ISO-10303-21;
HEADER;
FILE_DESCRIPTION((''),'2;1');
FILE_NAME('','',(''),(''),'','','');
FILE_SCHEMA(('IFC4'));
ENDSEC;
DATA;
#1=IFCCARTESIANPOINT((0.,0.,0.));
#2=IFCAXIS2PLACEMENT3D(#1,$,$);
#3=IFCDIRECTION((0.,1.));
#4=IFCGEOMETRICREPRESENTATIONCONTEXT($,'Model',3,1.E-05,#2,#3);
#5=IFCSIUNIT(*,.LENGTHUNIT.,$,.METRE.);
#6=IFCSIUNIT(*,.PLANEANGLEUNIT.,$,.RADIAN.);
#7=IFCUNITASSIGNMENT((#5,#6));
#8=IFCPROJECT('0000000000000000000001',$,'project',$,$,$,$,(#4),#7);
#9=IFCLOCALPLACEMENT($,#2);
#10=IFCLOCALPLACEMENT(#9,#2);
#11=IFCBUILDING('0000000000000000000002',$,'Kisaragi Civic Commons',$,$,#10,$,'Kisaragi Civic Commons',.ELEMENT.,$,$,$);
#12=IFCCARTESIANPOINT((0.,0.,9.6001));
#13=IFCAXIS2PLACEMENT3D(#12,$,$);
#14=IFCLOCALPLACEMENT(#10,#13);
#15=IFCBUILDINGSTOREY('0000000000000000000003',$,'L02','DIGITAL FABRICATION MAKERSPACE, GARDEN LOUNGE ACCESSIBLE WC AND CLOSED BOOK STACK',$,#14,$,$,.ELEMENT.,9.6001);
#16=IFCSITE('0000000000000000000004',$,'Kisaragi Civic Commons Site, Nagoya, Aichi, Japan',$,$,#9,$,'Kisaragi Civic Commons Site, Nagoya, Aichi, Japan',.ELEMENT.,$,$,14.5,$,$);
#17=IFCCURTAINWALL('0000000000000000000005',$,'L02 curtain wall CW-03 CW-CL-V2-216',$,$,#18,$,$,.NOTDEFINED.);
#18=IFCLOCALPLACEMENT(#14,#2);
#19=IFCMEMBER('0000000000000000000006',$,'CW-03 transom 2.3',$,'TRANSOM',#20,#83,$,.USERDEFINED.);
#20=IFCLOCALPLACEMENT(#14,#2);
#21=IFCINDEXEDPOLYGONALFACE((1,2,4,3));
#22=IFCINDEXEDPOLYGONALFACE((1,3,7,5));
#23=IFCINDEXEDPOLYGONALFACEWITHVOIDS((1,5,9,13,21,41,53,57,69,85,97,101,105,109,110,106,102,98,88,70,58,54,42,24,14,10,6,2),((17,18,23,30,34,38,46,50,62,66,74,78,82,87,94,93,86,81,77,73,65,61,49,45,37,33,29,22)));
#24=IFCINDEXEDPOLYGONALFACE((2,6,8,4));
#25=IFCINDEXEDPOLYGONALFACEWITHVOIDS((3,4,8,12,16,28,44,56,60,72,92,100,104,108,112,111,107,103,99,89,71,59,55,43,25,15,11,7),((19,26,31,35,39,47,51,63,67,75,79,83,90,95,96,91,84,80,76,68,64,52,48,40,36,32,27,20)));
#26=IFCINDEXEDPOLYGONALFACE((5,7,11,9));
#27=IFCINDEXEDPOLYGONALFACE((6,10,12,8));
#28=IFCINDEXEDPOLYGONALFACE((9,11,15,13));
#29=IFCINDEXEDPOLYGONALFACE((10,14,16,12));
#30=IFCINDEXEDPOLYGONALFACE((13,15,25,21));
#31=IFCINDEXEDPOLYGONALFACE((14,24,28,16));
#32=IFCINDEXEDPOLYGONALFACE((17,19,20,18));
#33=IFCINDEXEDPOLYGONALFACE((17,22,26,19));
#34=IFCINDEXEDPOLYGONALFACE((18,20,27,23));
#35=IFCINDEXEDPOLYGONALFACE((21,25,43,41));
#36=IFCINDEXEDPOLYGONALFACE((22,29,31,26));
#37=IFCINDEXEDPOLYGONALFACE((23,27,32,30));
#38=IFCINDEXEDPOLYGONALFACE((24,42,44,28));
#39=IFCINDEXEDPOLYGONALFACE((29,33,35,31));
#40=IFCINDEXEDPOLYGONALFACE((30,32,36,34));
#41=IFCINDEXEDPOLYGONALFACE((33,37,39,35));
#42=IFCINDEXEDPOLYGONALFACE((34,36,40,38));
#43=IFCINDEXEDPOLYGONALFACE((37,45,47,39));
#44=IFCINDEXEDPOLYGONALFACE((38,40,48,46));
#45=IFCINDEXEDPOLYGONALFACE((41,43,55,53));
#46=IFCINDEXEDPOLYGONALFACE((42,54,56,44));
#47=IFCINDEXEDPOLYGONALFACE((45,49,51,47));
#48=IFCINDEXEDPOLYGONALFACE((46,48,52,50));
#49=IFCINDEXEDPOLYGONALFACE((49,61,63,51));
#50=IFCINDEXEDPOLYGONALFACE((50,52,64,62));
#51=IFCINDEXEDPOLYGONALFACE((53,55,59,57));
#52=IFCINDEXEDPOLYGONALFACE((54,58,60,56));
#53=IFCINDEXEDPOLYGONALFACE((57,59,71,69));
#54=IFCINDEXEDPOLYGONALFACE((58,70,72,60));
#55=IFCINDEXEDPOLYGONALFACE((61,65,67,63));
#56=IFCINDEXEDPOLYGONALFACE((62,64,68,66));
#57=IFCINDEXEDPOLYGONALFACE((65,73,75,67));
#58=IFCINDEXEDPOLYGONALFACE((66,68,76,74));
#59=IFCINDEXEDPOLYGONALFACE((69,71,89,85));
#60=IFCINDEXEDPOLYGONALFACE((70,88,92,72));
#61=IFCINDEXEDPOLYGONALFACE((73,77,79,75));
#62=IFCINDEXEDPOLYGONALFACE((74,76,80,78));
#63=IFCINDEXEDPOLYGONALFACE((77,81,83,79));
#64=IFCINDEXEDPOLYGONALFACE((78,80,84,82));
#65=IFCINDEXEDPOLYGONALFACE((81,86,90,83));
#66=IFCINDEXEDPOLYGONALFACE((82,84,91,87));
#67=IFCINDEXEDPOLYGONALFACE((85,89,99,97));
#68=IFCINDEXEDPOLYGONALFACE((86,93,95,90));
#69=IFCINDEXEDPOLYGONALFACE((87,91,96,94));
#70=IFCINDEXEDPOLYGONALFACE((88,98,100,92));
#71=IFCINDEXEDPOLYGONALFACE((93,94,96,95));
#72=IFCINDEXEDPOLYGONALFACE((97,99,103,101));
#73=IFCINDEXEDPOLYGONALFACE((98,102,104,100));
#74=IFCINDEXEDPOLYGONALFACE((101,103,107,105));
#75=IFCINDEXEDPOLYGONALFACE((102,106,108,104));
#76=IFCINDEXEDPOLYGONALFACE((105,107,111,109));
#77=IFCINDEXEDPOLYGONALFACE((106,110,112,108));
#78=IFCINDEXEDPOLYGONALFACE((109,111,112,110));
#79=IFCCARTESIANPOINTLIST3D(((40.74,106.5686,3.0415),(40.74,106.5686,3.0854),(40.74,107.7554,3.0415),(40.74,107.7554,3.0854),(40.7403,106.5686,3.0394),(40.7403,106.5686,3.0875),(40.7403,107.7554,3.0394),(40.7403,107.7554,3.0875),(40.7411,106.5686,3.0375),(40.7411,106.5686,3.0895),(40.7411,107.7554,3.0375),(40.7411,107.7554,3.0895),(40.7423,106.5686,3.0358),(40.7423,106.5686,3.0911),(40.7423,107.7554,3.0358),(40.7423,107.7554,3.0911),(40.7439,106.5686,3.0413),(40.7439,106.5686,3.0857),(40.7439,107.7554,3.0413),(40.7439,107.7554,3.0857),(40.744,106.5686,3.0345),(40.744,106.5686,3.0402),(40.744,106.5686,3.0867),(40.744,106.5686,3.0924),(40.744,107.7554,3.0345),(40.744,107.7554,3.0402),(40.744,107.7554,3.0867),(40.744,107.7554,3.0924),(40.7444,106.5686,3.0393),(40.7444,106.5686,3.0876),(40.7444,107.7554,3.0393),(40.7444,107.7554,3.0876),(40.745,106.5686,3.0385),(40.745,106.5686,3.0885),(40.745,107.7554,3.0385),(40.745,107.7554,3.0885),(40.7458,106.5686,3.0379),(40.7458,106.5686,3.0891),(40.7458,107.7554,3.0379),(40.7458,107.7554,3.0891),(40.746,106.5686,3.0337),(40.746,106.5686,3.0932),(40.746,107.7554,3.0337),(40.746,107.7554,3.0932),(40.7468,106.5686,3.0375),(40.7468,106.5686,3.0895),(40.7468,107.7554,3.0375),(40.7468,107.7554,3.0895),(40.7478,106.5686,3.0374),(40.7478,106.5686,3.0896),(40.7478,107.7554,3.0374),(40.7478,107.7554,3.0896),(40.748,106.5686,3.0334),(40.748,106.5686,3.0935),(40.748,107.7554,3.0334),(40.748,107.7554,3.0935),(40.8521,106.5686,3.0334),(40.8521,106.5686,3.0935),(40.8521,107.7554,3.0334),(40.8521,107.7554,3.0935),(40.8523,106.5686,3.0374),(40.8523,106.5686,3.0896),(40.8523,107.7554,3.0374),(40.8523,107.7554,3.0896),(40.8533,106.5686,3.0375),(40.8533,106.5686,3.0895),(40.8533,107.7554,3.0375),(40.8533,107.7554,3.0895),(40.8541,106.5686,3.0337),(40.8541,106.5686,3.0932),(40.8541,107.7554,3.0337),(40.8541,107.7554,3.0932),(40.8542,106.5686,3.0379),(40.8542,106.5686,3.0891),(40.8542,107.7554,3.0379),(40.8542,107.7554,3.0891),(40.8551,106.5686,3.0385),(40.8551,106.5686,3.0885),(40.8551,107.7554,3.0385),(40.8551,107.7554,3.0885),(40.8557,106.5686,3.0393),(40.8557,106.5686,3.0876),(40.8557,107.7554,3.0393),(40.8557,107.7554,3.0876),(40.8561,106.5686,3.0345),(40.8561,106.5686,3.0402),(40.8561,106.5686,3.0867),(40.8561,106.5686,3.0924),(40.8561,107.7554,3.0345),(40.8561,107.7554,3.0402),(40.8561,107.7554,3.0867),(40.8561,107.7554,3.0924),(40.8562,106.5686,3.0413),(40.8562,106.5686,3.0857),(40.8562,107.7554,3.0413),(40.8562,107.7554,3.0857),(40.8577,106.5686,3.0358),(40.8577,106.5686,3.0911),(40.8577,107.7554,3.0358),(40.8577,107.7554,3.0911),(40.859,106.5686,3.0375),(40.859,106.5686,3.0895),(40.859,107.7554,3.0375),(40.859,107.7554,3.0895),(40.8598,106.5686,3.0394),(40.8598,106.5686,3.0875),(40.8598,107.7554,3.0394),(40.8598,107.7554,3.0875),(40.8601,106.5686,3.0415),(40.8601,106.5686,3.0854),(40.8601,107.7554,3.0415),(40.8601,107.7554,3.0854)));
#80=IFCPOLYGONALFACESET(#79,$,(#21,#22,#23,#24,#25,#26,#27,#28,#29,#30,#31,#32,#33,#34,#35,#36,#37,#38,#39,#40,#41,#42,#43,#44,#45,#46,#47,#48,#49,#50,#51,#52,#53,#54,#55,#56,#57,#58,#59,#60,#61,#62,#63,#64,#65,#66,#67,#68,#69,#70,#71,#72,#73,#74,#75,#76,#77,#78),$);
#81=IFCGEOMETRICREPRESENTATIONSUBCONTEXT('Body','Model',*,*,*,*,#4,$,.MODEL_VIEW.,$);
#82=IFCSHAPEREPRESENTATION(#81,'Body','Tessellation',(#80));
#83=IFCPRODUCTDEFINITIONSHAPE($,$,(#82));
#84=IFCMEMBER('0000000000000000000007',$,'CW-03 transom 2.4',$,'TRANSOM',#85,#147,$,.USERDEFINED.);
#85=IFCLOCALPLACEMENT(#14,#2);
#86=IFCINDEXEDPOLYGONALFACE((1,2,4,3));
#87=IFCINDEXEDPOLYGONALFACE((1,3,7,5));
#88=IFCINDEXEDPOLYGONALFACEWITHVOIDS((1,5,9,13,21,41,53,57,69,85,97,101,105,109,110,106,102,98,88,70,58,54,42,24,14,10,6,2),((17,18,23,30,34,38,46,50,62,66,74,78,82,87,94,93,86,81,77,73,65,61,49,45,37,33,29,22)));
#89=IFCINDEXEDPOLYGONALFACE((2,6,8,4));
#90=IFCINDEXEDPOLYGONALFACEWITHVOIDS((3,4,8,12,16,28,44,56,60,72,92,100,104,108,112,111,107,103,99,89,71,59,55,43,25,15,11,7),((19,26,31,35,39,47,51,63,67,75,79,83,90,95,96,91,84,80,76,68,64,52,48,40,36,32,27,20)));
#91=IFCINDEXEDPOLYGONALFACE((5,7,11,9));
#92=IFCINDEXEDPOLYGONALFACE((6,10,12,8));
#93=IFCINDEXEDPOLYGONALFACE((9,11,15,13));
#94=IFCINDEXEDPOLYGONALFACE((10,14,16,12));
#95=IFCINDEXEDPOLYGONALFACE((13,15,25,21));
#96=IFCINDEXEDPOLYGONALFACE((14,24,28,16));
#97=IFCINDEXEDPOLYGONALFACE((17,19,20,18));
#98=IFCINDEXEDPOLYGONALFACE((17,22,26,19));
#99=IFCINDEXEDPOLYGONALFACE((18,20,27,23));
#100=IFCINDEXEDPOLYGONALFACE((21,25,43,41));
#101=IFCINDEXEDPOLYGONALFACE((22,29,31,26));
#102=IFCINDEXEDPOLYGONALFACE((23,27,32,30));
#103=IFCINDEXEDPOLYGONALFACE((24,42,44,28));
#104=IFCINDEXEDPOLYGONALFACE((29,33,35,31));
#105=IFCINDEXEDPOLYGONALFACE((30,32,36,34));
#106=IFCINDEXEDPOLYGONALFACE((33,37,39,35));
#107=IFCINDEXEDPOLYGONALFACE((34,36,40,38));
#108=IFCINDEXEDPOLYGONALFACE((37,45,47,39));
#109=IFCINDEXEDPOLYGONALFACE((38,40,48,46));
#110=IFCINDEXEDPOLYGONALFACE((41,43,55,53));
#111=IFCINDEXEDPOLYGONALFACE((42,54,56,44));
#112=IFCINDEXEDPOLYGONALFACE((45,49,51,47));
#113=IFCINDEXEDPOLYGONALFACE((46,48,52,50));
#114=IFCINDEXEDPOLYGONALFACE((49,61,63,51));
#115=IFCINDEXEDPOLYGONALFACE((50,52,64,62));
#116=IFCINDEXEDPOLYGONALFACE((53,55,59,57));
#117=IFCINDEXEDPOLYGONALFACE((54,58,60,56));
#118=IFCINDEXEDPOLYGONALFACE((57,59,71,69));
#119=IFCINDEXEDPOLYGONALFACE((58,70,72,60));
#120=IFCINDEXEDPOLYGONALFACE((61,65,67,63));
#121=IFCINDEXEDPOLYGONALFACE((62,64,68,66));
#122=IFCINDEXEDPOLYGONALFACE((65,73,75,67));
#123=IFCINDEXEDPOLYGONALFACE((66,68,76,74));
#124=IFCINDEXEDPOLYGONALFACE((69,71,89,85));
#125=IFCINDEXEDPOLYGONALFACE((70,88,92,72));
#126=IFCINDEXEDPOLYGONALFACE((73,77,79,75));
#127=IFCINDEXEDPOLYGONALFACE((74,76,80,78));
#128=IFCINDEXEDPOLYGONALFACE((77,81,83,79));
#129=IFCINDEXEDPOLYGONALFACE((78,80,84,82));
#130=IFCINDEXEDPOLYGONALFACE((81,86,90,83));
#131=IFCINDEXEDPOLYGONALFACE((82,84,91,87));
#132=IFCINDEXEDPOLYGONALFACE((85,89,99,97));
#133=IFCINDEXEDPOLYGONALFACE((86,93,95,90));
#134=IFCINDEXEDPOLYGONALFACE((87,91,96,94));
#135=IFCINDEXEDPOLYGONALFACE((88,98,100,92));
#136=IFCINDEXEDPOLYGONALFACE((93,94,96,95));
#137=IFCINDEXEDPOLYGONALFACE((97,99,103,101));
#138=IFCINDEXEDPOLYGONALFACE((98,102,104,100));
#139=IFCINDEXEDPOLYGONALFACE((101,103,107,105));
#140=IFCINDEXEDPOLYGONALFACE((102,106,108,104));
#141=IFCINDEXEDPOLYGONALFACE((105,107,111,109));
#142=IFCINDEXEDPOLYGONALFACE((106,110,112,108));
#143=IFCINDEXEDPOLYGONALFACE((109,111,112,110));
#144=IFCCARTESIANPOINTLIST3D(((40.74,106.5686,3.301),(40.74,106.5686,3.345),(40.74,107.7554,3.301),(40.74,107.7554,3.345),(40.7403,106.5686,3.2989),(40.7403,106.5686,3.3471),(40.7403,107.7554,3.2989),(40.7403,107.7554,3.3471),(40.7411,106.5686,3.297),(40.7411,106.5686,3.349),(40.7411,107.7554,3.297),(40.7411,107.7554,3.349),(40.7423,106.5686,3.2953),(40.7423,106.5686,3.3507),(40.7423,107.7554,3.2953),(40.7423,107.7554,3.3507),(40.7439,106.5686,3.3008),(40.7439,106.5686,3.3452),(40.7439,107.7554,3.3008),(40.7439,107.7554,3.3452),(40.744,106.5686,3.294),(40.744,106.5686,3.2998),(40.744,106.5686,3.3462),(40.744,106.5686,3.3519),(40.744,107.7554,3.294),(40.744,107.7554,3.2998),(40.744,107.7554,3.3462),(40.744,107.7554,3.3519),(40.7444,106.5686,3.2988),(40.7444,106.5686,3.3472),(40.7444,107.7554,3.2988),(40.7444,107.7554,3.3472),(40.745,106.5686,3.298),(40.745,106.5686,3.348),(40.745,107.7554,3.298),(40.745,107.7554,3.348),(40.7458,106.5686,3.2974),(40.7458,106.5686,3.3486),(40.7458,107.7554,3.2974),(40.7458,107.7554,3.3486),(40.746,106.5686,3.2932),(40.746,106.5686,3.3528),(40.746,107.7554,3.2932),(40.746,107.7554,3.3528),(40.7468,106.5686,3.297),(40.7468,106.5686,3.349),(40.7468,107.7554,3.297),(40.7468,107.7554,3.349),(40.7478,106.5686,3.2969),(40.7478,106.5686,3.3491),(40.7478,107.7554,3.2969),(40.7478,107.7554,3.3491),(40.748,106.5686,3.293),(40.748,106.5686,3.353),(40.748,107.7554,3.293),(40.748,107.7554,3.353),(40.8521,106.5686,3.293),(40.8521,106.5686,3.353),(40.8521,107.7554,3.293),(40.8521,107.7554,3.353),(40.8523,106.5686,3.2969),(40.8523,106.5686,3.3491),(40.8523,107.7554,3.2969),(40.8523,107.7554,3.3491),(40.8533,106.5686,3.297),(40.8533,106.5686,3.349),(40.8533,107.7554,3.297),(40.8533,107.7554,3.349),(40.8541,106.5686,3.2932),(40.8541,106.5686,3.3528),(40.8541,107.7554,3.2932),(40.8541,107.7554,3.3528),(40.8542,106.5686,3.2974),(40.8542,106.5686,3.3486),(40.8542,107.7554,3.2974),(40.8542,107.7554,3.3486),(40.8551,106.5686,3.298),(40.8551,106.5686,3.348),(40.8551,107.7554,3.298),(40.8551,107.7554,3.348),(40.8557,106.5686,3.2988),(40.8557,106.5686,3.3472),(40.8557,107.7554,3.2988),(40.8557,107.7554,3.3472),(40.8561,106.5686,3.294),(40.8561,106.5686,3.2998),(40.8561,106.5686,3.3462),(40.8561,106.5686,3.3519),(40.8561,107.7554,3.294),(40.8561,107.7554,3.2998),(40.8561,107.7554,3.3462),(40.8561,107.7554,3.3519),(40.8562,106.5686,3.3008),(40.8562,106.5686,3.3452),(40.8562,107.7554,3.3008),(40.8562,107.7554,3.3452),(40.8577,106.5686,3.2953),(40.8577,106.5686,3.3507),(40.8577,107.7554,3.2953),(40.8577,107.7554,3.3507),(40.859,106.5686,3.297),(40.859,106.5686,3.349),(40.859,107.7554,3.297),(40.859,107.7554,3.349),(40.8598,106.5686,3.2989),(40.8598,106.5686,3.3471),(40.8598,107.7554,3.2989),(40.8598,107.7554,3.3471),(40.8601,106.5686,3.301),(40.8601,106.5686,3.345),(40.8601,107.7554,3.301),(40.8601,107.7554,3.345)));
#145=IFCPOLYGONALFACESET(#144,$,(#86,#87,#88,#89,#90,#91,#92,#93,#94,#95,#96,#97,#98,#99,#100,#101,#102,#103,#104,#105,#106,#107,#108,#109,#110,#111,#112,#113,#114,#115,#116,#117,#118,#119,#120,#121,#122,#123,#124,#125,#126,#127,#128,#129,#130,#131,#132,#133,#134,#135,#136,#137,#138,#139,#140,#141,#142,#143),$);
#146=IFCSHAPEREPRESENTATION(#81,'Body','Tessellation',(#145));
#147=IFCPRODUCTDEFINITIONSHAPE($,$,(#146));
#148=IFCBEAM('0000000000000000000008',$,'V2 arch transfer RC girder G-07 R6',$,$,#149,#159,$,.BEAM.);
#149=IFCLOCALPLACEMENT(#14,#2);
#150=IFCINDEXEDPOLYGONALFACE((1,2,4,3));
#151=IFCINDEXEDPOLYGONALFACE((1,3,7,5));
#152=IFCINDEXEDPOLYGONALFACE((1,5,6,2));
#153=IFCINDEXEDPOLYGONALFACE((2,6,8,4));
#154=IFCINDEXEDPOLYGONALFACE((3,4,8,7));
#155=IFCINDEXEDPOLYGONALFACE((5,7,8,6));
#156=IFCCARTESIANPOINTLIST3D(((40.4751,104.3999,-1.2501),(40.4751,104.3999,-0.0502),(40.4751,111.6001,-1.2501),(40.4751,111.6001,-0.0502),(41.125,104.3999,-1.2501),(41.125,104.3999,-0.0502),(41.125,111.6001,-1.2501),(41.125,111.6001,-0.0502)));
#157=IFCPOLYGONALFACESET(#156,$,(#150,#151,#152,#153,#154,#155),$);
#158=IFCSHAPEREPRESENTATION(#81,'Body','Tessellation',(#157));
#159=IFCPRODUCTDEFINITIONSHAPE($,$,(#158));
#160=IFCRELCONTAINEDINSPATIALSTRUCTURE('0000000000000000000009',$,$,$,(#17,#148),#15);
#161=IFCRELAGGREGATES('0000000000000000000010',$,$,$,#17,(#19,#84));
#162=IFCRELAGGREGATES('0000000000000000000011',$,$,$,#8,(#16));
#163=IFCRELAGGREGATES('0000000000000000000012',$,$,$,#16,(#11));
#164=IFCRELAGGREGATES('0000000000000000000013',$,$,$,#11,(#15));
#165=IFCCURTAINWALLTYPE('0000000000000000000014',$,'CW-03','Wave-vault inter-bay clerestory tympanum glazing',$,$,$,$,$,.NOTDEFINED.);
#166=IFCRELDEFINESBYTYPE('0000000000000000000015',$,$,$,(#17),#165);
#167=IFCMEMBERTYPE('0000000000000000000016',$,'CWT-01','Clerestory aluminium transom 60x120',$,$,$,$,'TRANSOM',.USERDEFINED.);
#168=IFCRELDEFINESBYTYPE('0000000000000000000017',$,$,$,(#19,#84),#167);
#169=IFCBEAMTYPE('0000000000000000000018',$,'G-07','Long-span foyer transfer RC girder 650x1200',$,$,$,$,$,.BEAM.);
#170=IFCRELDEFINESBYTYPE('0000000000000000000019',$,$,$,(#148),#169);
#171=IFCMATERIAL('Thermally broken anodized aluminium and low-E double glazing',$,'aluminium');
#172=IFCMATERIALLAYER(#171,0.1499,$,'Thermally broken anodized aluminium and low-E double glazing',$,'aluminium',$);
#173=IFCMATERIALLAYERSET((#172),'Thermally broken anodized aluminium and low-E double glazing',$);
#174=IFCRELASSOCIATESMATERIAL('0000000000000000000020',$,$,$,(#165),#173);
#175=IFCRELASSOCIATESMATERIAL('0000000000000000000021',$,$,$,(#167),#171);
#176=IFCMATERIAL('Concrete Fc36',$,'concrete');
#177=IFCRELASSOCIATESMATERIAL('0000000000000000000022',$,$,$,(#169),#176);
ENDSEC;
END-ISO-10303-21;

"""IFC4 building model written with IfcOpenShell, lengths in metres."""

from ifc_helpers import new_model, si_unit, direction, frame, origin, origin_2d, place, context, subcontext, project, spatial, rectangle, hollow_rectangle, extrude, material, layer, layer_set, material_profile, profile_set, type_object, element, aggregate, save


model = new_model("IFC4")

# Units and contexts
model_context = context("Model", 3, precision=1e-05, world=origin(), true_north=direction((0.0, 1.0)))
body_context = subcontext(model_context, "Body", "Model", "MODEL_VIEW")
ifc_project = project(units=[si_unit("LENGTHUNIT", "METRE"), si_unit("PLANEANGLEUNIT", "RADIAN")], contexts=[model_context])

# Site, building, storey
site_placement = place(None, origin())
site = spatial("IfcSite", under=ifc_project, at=site_placement, Name="Kisaragi Civic Commons Site, Nagoya, Aichi, Japan", LongName="Kisaragi Civic Commons Site, Nagoya, Aichi, Japan", CompositionType="ELEMENT", RefElevation=14.5)
building_placement = place(site_placement, origin())
building = spatial("IfcBuilding", under=site, at=building_placement, Name="Kisaragi Civic Commons", LongName="Kisaragi Civic Commons", CompositionType="ELEMENT")
storey_placement = place(building_placement, frame((0.0, 0.0, 9.6001)))
storey = spatial("IfcBuildingStorey", under=building, at=storey_placement, Name="L02", Description="DIGITAL FABRICATION MAKERSPACE, GARDEN LOUNGE ACCESSIBLE WC AND CLOSED BOOK STACK", CompositionType="ELEMENT", Elevation=9.6001)

# Curtain wall, members
ifc_material_1 = material(Name="Thermally broken anodized aluminium and low-E double glazing", Category="aluminium")
ifc_layer_1 = layer(ifc_material_1, 0.1499, Name="Thermally broken anodized aluminium and low-E double glazing", Category="aluminium")
ifc_layer_set_1 = layer_set([ifc_layer_1], Name="Thermally broken anodized aluminium and low-E double glazing")
curtain_wall_type = type_object("IfcCurtainWallType", Name="CW-03", Description="Wave-vault inter-bay clerestory tympanum glazing", PredefinedType="NOTDEFINED", material=ifc_layer_set_1)
curtain_wall_placement = place(storey_placement, origin())
curtain_wall = element("IfcCurtainWall", 1, at=curtain_wall_placement, inside=storey, type_object=curtain_wall_type, Name="L02 curtain wall CW-03 CW-CL-V2-216", PredefinedType="NOTDEFINED")
ifc_material_profile_1 = material_profile(ifc_material_1, hollow_rectangle(XDim=0.1201, YDim=0.0601, WallThickness=0.0039, InnerFilletRadius=0.0039, OuterFilletRadius=0.0081, at=origin_2d()), Name="CWT-60x120x4", Category="aluminium")
ifc_profile_set_1 = profile_set([ifc_material_profile_1], Name="Thermally broken anodized aluminium and low-E double glazing")
member_type_1 = type_object("IfcMemberType", Name="CWT-01", Description="Clerestory aluminium transom 60x120", ElementType="TRANSOM", PredefinedType="USERDEFINED", material=ifc_profile_set_1)
member_1_placement = place(storey_placement, frame((40.8, 106.5686, 3.0635), z_axis=(0.0, 1.0, 0.0), x_axis=(-1.0, 0.0, 0.0)))
member_1 = element("IfcMember", 2, at=member_1_placement, type_object=member_type_1, Name="CW-03 transom 2.3", ObjectType="TRANSOM", PredefinedType="USERDEFINED", context=body_context, shape_type="SweptSolid", body=[
    extrude(hollow_rectangle(XDim=0.1201, YDim=0.0601, WallThickness=0.0039, InnerFilletRadius=0.0039, OuterFilletRadius=0.0081, at=origin_2d()), origin(), (0.0, 0.0, 1.0), 1.1868),
])
member_2_placement = place(storey_placement, frame((40.8, 106.5686, 3.323), z_axis=(0.0, 1.0, 0.0), x_axis=(-1.0, 0.0, 0.0)))
member_2 = element("IfcMember", 3, at=member_2_placement, type_object=member_type_1, Name="CW-03 transom 2.4", ObjectType="TRANSOM", PredefinedType="USERDEFINED", context=body_context, shape_type="SweptSolid", body=[
    extrude(hollow_rectangle(XDim=0.1201, YDim=0.0601, WallThickness=0.0039, InnerFilletRadius=0.0039, OuterFilletRadius=0.0081, at=origin_2d()), origin(), (0.0, 0.0, 1.0), 1.1868),
])

# Beam
ifc_material_2 = material(Name="Concrete Fc36", Category="concrete")
ifc_material_profile_2 = material_profile(ifc_material_2, rectangle(XDim=0.6499, YDim=1.2, at=origin_2d()), Name="RC-650x1200", Category="concrete")
ifc_profile_set_2 = profile_set([ifc_material_profile_2], Name="Concrete Fc36")
beam_type = type_object("IfcBeamType", Name="G-07", Description="Long-span foyer transfer RC girder 650x1200", PredefinedType="BEAM", material=ifc_profile_set_2)
beam_placement = place(storey_placement, frame((40.8, 104.3999, -0.6501), z_axis=(0.0, 1.0, 0.0), x_axis=(-1.0, 0.0, 0.0)))
element("IfcBeam", 4, at=beam_placement, inside=storey, type_object=beam_type, Name="V2 arch transfer RC girder G-07 R6", PredefinedType="BEAM", context=body_context, shape_type="SweptSolid", body=[
    extrude(rectangle(XDim=0.6499, YDim=1.2, at=origin_2d()), origin(), (0.0, 0.0, 1.0), 7.2002),
])

aggregate(curtain_wall, [member_1, member_2])

save(model, "model.ifc")
